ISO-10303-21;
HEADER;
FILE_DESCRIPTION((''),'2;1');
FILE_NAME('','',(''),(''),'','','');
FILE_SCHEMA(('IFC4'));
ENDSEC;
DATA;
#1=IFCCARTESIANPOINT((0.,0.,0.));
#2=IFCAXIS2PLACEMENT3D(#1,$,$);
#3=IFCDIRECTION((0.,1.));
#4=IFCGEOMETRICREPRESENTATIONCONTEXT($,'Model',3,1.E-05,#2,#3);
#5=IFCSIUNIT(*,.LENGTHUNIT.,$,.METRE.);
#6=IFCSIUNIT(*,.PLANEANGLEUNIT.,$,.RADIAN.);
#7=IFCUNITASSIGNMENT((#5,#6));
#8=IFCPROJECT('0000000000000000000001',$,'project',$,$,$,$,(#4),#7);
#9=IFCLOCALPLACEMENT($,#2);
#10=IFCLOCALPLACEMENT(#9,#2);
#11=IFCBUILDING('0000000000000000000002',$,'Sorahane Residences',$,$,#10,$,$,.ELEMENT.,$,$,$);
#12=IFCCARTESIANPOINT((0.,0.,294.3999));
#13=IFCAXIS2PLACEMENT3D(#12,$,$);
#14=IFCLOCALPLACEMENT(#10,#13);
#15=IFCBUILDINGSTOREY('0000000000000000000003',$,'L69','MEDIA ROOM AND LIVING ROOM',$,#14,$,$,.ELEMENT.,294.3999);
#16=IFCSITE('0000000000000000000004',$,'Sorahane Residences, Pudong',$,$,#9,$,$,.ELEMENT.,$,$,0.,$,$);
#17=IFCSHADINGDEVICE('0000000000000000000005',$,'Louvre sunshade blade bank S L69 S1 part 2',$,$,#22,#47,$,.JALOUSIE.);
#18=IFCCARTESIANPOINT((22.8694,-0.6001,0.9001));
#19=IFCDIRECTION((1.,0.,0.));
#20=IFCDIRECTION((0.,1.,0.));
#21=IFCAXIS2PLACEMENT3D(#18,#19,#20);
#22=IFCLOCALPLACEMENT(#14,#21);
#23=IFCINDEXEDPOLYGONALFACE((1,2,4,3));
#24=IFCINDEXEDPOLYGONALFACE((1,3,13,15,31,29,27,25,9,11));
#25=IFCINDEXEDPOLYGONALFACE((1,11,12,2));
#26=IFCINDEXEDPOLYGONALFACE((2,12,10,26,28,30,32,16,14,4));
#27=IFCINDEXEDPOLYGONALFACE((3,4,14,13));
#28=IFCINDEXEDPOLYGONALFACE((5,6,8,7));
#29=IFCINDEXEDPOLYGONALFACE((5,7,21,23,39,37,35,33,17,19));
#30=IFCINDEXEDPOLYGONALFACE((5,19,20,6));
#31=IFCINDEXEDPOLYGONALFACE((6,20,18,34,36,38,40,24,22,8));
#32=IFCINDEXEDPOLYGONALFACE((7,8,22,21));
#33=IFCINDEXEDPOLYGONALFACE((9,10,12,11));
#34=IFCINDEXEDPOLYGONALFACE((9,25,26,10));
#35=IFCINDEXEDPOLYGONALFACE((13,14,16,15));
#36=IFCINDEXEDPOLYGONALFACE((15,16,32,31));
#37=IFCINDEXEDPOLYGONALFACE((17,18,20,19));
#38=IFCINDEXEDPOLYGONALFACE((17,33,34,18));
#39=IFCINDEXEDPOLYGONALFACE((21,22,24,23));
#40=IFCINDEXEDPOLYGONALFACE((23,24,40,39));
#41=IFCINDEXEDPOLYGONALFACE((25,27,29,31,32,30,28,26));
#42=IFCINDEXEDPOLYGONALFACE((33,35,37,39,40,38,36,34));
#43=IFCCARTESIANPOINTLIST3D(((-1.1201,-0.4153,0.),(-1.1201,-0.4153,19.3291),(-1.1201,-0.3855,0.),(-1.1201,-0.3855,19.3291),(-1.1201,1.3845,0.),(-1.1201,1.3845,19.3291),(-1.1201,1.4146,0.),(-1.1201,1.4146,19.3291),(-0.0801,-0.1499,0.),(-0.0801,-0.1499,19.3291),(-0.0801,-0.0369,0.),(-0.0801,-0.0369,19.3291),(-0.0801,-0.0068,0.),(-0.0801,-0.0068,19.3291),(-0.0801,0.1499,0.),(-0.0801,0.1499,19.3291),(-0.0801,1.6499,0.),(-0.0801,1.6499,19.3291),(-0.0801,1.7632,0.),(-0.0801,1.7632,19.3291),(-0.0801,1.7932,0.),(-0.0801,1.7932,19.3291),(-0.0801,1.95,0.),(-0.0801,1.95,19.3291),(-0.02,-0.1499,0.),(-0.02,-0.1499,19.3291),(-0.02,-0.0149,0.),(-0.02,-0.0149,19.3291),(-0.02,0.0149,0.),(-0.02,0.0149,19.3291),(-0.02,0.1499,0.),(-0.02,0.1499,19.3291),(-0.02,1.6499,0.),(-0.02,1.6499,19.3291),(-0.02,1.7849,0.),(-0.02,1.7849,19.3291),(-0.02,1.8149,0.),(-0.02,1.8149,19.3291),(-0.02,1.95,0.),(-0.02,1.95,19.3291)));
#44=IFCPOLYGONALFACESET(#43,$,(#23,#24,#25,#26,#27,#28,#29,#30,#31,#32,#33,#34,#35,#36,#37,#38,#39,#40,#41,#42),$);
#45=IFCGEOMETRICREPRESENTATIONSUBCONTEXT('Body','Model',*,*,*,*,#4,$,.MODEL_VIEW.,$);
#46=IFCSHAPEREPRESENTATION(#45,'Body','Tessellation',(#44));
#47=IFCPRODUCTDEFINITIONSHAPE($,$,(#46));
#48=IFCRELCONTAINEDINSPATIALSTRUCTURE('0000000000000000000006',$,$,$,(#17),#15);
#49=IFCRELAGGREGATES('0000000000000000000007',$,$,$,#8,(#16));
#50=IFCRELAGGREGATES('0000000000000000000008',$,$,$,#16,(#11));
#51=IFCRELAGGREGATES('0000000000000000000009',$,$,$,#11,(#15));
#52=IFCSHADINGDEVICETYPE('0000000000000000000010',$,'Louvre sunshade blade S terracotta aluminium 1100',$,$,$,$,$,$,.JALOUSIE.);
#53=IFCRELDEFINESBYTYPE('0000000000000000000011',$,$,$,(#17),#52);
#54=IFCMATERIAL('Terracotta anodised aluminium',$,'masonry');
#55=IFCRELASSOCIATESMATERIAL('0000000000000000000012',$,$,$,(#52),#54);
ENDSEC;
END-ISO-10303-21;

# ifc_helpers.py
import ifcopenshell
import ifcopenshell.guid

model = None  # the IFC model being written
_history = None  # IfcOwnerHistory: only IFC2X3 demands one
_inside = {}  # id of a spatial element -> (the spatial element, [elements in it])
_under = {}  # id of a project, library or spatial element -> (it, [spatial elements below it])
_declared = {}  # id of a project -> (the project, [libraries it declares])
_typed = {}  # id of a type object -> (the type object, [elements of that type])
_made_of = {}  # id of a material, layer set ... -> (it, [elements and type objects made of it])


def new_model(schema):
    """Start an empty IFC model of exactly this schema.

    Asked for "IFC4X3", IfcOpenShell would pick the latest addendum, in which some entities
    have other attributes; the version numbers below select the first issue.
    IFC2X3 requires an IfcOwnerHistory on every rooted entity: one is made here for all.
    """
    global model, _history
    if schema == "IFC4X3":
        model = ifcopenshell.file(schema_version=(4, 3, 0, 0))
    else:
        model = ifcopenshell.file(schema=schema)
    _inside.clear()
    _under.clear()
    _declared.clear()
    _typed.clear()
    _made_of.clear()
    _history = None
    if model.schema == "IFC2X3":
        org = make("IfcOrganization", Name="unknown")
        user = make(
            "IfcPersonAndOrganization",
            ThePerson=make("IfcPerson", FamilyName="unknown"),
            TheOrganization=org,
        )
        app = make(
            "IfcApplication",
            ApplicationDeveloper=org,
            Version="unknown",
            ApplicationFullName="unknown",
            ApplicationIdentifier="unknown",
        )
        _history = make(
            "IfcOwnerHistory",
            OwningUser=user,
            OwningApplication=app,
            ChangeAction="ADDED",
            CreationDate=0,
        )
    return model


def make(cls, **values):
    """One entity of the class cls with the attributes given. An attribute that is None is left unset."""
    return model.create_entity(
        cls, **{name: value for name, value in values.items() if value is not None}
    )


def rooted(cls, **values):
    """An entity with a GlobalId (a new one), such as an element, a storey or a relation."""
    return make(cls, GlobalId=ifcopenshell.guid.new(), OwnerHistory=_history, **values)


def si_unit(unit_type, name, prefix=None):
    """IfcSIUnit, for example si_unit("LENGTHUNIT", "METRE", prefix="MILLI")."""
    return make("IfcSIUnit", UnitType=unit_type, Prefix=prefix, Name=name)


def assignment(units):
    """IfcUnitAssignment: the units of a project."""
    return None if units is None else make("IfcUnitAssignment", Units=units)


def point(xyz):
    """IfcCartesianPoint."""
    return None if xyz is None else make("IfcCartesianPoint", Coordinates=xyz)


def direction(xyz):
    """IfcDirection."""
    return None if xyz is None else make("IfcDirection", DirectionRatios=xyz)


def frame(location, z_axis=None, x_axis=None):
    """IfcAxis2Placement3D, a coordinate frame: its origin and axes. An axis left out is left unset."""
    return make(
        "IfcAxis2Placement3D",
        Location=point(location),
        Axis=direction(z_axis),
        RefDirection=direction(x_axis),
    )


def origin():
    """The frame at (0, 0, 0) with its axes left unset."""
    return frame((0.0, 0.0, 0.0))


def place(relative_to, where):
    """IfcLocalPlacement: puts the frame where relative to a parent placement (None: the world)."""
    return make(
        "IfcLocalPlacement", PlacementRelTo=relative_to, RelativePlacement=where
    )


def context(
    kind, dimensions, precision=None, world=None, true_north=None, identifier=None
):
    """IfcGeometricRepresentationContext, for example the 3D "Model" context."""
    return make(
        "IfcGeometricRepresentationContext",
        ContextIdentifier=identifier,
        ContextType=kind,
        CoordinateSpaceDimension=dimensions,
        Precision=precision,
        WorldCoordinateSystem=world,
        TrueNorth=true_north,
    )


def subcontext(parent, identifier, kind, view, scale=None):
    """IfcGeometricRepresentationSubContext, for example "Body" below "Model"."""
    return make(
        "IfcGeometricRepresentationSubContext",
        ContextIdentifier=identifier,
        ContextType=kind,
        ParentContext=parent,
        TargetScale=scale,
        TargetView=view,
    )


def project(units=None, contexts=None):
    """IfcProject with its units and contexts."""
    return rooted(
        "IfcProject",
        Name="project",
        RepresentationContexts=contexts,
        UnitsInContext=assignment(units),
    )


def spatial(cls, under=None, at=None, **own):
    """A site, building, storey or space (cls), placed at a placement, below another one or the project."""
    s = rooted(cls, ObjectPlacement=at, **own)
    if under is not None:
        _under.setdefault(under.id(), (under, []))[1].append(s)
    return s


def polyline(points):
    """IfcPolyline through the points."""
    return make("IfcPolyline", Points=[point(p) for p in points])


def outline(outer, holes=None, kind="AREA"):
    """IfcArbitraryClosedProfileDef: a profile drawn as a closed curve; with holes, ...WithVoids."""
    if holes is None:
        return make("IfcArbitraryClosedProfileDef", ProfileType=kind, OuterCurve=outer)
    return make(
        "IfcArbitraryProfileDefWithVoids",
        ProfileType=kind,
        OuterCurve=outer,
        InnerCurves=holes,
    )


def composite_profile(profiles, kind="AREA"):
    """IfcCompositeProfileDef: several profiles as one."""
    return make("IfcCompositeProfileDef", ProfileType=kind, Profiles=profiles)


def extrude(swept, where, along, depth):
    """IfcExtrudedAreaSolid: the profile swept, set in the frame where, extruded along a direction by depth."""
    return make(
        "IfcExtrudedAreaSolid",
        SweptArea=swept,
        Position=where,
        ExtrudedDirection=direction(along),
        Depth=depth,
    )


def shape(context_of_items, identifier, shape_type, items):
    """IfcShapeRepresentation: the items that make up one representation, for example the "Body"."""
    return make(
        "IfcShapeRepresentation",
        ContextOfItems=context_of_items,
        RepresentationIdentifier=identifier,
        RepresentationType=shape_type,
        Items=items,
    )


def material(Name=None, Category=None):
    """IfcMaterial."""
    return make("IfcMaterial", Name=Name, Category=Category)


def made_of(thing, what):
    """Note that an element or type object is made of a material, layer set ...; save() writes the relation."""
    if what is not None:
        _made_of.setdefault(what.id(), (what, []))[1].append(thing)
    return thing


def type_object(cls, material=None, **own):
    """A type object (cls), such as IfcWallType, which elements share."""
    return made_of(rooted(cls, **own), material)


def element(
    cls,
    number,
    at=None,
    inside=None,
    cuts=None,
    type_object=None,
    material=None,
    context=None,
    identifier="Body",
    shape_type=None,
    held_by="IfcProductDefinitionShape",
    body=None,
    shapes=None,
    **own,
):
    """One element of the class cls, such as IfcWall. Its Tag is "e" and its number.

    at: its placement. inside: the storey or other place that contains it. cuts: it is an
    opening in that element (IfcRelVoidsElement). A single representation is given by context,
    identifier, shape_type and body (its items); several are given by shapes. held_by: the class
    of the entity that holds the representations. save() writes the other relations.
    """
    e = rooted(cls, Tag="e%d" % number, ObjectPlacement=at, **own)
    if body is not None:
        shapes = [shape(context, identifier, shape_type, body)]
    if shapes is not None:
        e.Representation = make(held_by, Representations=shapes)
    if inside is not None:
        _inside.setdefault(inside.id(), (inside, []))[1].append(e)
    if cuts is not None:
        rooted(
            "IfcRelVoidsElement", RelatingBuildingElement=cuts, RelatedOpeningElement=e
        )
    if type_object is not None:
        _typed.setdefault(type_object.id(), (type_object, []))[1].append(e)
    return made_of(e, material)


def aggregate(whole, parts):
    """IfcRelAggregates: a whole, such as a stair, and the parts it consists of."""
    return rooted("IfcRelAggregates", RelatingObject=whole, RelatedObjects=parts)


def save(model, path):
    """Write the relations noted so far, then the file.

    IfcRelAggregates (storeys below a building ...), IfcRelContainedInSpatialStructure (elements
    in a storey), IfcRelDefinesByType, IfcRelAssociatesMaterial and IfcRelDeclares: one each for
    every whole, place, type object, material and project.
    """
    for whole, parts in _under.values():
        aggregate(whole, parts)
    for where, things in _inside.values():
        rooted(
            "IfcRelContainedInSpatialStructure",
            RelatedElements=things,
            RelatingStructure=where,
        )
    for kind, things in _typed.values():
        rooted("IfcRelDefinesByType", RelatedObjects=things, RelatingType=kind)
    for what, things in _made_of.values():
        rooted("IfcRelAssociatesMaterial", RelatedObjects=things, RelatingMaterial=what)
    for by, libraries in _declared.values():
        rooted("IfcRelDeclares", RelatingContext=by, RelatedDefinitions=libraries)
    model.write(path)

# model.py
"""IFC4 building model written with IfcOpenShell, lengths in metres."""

from ifc_helpers import new_model, si_unit, direction, frame, origin, place, context, subcontext, project, spatial, polyline, outline, composite_profile, extrude, material, type_object, element, save


model = new_model("IFC4")

# Units and contexts
model_context = context("Model", 3, precision=1e-05, world=origin(), true_north=direction((0.0, 1.0)))
body_context = subcontext(model_context, "Body", "Model", "MODEL_VIEW")
ifc_project = project(units=[si_unit("LENGTHUNIT", "METRE"), si_unit("PLANEANGLEUNIT", "RADIAN")], contexts=[model_context])

# Site, building, storey
site_placement = place(None, origin())
site = spatial("IfcSite", under=ifc_project, at=site_placement, Name="Sorahane Residences, Pudong", CompositionType="ELEMENT", RefElevation=0.0)
building_placement = place(site_placement, origin())
building = spatial("IfcBuilding", under=site, at=building_placement, Name="Sorahane Residences", CompositionType="ELEMENT")
storey_placement = place(building_placement, frame((0.0, 0.0, 294.3999)))
storey = spatial("IfcBuildingStorey", under=building, at=storey_placement, Name="L69", Description="MEDIA ROOM AND LIVING ROOM", CompositionType="ELEMENT", Elevation=294.3999)

# Shading device
ifc_material_1 = material(Name="Terracotta anodised aluminium", Category="masonry")
shading_device_type = type_object("IfcShadingDeviceType", Name="Louvre sunshade blade S terracotta aluminium 1100", PredefinedType="JALOUSIE", material=ifc_material_1)
shading_device_placement = place(storey_placement, frame((22.8694, -0.6001, 0.9001), z_axis=(1.0, 0.0, 0.0), x_axis=(0.0, 1.0, 0.0)))
element("IfcShadingDevice", 1, at=shading_device_placement, inside=storey, type_object=shading_device_type, Name="Louvre sunshade blade bank S L69 S1 part 2", PredefinedType="JALOUSIE", context=body_context, shape_type="SweptSolid", body=[
    extrude(composite_profile([outline(polyline([(-1.1201, -0.3855), (-1.1201, -0.4153), (-0.0801, -0.0369), (-0.0801, -0.1499), (-0.02, -0.1499), (-0.02, -0.0149), (-0.02, 0.0149), (-0.02, 0.1499), (-0.0801, 0.1499), (-0.0801, -0.0068), (-1.1201, -0.3855)])), outline(polyline([(-1.1201, 1.4146), (-1.1201, 1.3845), (-0.0801, 1.7632), (-0.0801, 1.6499), (-0.02, 1.6499), (-0.02, 1.7849), (-0.02, 1.8149), (-0.02, 1.95), (-0.0801, 1.95), (-0.0801, 1.7932), (-1.1201, 1.4146)]))]), origin(), (0.0, 0.0, 1.0), 19.3291),
])

save(model, "model.ifc")
